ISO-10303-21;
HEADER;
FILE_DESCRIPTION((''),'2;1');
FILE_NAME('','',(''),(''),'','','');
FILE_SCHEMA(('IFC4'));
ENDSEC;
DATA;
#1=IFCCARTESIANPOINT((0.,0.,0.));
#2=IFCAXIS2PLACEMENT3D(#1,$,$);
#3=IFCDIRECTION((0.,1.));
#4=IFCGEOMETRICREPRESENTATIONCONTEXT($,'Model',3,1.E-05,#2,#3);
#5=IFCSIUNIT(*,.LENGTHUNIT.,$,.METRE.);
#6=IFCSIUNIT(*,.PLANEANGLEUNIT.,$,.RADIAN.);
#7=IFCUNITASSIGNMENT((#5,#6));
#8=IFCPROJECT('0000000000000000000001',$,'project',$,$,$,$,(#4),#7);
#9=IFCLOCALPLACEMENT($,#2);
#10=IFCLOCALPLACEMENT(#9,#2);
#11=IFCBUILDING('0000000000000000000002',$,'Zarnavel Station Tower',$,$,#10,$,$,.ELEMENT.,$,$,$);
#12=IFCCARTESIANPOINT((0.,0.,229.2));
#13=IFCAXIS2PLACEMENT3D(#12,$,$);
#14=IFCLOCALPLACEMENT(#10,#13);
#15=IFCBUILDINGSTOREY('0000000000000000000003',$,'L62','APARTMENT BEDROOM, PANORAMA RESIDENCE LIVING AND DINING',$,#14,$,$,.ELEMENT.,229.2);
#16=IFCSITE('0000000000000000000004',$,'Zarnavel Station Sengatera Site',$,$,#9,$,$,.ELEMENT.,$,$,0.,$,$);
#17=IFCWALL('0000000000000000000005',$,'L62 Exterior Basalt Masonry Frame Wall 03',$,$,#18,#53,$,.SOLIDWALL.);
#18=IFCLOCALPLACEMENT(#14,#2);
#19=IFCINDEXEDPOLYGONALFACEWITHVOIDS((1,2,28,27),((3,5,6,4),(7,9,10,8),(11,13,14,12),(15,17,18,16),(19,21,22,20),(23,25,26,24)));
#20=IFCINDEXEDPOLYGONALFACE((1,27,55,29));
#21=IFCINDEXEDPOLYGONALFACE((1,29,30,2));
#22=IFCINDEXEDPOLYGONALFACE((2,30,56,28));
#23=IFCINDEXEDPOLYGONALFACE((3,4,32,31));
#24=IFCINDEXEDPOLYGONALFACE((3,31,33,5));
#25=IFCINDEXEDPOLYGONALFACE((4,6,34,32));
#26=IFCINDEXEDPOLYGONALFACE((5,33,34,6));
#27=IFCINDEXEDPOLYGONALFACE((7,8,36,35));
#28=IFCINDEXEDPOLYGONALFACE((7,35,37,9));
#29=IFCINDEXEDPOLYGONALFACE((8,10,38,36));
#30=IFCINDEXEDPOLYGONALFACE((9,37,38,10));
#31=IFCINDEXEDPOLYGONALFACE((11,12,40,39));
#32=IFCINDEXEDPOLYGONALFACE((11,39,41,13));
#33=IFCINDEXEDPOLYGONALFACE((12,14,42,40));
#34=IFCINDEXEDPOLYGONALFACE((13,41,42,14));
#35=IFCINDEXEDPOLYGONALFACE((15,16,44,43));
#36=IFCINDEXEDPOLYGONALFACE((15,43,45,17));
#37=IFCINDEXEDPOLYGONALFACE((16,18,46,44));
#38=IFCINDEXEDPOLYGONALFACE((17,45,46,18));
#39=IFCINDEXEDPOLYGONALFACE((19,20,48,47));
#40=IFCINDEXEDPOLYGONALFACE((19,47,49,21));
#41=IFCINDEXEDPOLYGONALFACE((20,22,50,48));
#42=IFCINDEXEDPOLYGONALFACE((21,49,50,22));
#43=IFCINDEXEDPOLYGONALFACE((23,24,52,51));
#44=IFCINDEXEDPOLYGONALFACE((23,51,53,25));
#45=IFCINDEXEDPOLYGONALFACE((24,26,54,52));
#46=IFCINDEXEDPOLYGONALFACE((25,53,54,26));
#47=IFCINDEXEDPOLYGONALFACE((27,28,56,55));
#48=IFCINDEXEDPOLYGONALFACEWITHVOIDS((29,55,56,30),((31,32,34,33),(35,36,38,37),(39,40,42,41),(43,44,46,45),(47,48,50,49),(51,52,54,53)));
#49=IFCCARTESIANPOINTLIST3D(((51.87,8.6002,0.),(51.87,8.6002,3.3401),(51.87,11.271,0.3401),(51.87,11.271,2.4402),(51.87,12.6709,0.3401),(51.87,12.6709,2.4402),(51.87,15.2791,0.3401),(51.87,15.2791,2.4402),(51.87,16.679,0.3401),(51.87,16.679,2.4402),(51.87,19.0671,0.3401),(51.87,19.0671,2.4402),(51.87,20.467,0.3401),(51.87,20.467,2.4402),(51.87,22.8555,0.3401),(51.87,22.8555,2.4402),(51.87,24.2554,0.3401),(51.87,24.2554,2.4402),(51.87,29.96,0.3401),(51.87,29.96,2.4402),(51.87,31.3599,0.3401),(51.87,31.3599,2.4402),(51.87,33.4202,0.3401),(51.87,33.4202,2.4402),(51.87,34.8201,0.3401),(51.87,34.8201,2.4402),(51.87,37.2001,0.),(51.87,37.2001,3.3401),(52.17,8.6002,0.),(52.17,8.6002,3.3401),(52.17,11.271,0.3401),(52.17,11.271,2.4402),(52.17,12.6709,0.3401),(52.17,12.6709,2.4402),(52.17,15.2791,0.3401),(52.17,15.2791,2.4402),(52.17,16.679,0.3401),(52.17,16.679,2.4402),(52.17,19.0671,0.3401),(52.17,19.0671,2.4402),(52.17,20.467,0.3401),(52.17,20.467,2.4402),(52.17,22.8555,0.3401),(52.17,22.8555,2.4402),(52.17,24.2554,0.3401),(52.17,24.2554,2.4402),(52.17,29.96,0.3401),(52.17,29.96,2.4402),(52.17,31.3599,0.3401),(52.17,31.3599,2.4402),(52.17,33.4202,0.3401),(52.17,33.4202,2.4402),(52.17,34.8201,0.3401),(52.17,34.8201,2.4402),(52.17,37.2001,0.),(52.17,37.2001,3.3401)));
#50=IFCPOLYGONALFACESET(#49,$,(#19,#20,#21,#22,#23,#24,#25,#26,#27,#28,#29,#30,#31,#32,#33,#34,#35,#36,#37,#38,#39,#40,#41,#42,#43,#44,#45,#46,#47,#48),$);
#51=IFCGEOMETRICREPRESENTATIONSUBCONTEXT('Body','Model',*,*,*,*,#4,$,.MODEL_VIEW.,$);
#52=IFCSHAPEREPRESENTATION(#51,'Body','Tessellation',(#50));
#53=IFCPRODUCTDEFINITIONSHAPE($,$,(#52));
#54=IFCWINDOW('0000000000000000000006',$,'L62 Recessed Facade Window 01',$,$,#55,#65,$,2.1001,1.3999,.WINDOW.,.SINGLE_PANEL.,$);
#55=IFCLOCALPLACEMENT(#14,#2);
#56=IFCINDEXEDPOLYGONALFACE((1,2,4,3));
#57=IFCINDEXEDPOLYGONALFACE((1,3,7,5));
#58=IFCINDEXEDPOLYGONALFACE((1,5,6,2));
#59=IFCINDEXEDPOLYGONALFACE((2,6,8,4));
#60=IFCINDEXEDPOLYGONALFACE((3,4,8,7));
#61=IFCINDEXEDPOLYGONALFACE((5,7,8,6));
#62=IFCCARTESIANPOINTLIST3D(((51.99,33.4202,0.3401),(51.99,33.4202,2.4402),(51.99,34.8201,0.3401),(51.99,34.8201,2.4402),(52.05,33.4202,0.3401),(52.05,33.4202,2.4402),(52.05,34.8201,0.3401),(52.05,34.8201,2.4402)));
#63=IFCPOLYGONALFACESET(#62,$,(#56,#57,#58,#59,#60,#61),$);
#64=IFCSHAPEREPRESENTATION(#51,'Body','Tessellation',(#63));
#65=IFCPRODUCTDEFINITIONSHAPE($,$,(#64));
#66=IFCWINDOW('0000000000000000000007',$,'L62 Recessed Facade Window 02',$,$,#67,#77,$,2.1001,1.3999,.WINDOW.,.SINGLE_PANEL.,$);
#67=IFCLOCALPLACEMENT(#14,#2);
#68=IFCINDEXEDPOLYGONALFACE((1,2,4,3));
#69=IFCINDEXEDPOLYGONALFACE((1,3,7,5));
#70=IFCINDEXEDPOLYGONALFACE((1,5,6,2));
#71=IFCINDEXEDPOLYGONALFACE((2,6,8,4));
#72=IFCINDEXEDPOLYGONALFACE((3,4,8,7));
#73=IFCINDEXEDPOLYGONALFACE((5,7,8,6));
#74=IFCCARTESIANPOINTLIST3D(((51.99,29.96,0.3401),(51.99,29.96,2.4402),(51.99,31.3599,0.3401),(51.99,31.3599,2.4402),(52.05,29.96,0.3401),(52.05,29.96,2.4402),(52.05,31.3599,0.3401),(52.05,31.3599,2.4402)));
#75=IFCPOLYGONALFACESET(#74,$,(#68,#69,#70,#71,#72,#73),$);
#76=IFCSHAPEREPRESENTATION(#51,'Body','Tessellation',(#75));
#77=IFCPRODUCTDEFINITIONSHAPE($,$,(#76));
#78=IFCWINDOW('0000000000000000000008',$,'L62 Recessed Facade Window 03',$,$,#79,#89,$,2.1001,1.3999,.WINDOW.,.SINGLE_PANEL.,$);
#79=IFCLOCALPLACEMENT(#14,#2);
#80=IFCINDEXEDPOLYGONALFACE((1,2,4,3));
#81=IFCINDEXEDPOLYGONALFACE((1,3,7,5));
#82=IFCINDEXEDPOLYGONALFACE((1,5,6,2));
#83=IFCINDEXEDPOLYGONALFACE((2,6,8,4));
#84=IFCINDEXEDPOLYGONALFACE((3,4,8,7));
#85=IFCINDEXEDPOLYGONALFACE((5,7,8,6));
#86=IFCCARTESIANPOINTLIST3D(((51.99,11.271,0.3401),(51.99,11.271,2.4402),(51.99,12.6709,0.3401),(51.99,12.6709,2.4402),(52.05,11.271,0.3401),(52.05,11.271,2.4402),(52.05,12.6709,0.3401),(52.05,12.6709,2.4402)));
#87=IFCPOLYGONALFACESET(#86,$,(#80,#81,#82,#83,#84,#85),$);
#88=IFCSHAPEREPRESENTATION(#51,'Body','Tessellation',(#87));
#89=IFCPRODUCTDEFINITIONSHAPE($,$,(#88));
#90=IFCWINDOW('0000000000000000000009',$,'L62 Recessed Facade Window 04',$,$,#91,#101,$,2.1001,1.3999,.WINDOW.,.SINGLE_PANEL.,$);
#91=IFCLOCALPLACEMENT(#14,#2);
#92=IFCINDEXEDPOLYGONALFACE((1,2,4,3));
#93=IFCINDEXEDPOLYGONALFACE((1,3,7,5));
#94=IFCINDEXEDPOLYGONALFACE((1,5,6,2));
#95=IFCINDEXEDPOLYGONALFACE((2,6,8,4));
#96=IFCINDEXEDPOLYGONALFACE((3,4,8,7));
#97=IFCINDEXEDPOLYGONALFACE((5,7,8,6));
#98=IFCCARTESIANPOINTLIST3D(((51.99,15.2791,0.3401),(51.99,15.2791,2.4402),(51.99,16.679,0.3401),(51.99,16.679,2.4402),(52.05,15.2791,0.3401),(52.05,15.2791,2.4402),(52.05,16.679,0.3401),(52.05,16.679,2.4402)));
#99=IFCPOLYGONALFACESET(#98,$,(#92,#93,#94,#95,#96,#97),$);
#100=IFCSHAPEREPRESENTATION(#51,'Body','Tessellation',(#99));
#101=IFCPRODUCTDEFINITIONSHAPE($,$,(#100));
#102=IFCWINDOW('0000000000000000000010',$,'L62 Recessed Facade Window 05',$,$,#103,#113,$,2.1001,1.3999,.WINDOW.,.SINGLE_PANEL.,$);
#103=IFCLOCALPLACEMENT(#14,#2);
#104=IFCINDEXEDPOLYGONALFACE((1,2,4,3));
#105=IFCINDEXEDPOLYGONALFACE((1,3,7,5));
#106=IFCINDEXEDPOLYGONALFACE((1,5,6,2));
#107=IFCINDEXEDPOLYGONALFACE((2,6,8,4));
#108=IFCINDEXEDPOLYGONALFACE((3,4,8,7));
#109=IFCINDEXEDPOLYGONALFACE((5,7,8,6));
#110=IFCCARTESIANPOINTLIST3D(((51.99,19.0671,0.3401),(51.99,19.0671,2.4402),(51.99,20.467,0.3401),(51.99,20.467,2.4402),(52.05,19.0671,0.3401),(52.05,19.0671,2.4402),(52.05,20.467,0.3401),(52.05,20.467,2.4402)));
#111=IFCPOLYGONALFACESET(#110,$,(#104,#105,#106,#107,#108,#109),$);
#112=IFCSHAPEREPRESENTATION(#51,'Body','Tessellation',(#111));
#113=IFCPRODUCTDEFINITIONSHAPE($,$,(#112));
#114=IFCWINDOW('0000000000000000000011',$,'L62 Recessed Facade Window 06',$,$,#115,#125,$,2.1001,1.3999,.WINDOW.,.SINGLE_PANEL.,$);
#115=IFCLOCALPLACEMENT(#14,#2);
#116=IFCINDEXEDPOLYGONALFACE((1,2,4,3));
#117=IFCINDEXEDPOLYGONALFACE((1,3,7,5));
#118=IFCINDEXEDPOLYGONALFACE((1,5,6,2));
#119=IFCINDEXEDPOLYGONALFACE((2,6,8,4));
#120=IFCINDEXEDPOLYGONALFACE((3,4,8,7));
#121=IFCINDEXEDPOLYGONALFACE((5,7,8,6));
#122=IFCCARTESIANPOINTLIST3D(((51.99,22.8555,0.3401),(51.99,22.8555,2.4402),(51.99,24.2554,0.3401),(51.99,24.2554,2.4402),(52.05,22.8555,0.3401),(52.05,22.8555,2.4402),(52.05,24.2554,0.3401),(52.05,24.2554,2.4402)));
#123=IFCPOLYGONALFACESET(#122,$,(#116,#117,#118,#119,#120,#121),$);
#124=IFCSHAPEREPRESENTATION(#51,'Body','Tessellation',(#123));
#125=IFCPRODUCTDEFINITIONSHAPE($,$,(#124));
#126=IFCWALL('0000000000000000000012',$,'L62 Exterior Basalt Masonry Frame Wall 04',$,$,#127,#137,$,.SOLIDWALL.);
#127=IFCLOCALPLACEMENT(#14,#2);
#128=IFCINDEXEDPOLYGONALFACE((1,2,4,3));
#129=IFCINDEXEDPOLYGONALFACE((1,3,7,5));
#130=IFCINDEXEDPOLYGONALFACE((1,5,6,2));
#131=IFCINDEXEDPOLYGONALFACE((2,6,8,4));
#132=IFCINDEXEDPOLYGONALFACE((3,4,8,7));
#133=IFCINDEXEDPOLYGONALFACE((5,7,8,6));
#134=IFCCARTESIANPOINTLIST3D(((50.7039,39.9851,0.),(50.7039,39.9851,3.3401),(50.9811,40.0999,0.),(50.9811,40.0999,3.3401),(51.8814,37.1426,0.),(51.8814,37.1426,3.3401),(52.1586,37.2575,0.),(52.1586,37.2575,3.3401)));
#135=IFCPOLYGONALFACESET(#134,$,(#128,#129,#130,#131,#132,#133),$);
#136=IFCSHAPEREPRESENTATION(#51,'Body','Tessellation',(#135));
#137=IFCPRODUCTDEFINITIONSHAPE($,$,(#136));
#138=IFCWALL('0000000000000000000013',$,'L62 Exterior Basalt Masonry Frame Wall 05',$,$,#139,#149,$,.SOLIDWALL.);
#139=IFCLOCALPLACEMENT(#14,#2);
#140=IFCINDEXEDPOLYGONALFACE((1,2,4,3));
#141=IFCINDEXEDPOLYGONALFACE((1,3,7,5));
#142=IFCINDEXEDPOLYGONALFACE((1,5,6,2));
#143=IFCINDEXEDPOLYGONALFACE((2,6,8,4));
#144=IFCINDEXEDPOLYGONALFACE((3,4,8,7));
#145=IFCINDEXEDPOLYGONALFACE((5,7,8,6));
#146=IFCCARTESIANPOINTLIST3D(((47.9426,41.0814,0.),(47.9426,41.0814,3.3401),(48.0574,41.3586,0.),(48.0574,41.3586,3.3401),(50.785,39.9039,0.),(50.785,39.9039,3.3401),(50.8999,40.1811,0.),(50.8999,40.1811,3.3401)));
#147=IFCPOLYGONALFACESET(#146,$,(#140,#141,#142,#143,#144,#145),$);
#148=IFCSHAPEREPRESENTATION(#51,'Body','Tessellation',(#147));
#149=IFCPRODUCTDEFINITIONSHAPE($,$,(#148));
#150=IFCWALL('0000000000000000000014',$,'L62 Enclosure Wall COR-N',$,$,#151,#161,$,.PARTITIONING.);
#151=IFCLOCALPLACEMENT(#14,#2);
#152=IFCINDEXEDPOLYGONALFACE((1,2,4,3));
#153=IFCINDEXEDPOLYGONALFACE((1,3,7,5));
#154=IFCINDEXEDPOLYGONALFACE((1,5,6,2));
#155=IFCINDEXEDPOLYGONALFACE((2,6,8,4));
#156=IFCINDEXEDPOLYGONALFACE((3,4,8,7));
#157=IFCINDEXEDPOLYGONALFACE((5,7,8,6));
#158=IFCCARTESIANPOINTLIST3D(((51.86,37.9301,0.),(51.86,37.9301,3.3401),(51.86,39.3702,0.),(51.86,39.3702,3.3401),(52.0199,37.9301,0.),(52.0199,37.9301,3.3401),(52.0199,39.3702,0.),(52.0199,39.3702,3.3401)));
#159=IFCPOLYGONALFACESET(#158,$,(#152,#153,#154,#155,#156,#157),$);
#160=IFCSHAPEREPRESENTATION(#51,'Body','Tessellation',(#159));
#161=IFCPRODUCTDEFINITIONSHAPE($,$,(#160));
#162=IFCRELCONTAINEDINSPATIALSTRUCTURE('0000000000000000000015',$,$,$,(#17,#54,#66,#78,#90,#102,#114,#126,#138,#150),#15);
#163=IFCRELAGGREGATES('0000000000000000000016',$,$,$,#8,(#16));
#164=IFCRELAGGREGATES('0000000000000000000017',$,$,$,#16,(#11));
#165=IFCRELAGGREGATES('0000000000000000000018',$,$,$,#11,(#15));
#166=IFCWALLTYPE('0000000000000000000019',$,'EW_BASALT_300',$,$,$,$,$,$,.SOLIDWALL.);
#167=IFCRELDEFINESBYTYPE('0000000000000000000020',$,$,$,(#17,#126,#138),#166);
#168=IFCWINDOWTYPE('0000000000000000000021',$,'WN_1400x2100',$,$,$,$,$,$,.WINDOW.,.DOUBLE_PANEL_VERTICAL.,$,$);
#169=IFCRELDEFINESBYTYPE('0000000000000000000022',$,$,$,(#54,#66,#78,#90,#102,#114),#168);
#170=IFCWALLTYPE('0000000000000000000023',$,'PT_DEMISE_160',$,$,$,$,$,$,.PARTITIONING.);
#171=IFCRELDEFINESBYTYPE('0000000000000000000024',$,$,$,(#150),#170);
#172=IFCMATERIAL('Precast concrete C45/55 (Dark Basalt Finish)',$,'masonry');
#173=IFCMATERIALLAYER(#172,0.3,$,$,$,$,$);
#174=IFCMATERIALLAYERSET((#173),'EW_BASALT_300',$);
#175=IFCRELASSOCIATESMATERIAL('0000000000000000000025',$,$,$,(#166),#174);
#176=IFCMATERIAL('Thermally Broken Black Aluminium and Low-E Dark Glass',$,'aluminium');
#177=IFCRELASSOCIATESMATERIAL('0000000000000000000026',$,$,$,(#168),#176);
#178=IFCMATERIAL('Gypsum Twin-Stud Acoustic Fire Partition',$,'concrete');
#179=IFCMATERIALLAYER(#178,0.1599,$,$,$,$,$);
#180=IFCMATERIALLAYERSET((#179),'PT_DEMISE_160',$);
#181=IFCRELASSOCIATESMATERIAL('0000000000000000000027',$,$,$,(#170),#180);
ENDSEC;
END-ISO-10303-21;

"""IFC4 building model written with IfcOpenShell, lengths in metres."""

from ifc_helpers import new_model, si_unit, direction, frame, frame_2d, origin, place, context, subcontext, project, spatial, rectangle, extrude, material, layer, layer_set, type_object, element, fill, save


model = new_model("IFC4")

# Units and contexts
model_context = context("Model", 3, precision=1e-05, world=origin(), true_north=direction((0.0, 1.0)))
body_context = subcontext(model_context, "Body", "Model", "MODEL_VIEW")
ifc_project = project(units=[si_unit("LENGTHUNIT", "METRE"), si_unit("PLANEANGLEUNIT", "RADIAN")], contexts=[model_context])

# Site, building, storey
site_placement = place(None, origin())
site = spatial("IfcSite", under=ifc_project, at=site_placement, Name="Zarnavel Station Sengatera Site", CompositionType="ELEMENT", RefElevation=0.0)
building_placement = place(site_placement, origin())
building = spatial("IfcBuilding", under=site, at=building_placement, Name="Zarnavel Station Tower", CompositionType="ELEMENT")
storey_placement = place(building_placement, frame((0.0, 0.0, 229.2)))
storey = spatial("IfcBuildingStorey", under=building, at=storey_placement, Name="L62", Description="APARTMENT BEDROOM, PANORAMA RESIDENCE LIVING AND DINING", CompositionType="ELEMENT", Elevation=229.2)

# Wall, openings, windows
ifc_material_1 = material(Name="Precast concrete C45/55 (Dark Basalt Finish)", Category="masonry")
ifc_layer_1 = layer(ifc_material_1, 0.3)
ifc_layer_set_1 = layer_set([ifc_layer_1], Name="EW_BASALT_300")
wall_type_1 = type_object("IfcWallType", Name="EW_BASALT_300", PredefinedType="SOLIDWALL", material=ifc_layer_set_1)
wall_1_placement = place(storey_placement, frame((52.02, 37.2, 0.0), z_axis=(0.0, 0.0, 1.0), x_axis=(0.0, -1.0, 0.0)))
wall_1 = element("IfcWall", 1, at=wall_1_placement, inside=storey, type_object=wall_type_1, Name="L62 Exterior Basalt Masonry Frame Wall 03", PredefinedType="SOLIDWALL", context=body_context, shape_type="SweptSolid", body=[
    extrude(rectangle(XDim=28.5999, YDim=0.3, at=frame_2d((14.2998, 0.0))), origin(), (0.0, 0.0, 1.0), 3.3401),
])
opening_1_placement = place(wall_1_placement, frame((2.3799, 0.0, 0.3401)))
opening_1 = element("IfcOpeningElement", 2, at=opening_1_placement, cuts=wall_1, PredefinedType="OPENING", context=body_context, shape_type="SweptSolid", body=[
    extrude(rectangle(XDim=1.3999, YDim=2.1001, at=frame_2d((0.7, 1.05))), frame((0.0, 0.1599, 0.0), z_axis=(0.0, -1.0, 0.0), x_axis=(1.0, 0.0, 0.0)), (0.0, 0.0, 1.0), 0.3201),
])
opening_2_placement = place(wall_1_placement, frame((5.8401, 0.0, 0.3401)))
opening_2 = element("IfcOpeningElement", 3, at=opening_2_placement, cuts=wall_1, PredefinedType="OPENING", context=body_context, shape_type="SweptSolid", body=[
    extrude(rectangle(XDim=1.3999, YDim=2.1001, at=frame_2d((0.7, 1.05))), frame((0.0, 0.1599, 0.0), z_axis=(0.0, -1.0, 0.0), x_axis=(1.0, 0.0, 0.0)), (0.0, 0.0, 1.0), 0.3201),
])
opening_3_placement = place(wall_1_placement, frame((24.5291, 0.0, 0.3401)))
opening_3 = element("IfcOpeningElement", 4, at=opening_3_placement, cuts=wall_1, PredefinedType="OPENING", context=body_context, shape_type="SweptSolid", body=[
    extrude(rectangle(XDim=1.3999, YDim=2.1001, at=frame_2d((0.7, 1.05))), frame((0.0, 0.1599, 0.0), z_axis=(0.0, -1.0, 0.0), x_axis=(1.0, 0.0, 0.0)), (0.0, 0.0, 1.0), 0.3201),
])
opening_4_placement = place(wall_1_placement, frame((20.521, 0.0, 0.3401)))
opening_4 = element("IfcOpeningElement", 5, at=opening_4_placement, cuts=wall_1, PredefinedType="OPENING", context=body_context, shape_type="SweptSolid", body=[
    extrude(rectangle(XDim=1.3999, YDim=2.1001, at=frame_2d((0.7, 1.05))), frame((0.0, 0.1599, 0.0), z_axis=(0.0, -1.0, 0.0), x_axis=(1.0, 0.0, 0.0)), (0.0, 0.0, 1.0), 0.3201),
])
opening_5_placement = place(wall_1_placement, frame((16.7329, 0.0, 0.3401)))
opening_5 = element("IfcOpeningElement", 6, at=opening_5_placement, cuts=wall_1, PredefinedType="OPENING", context=body_context, shape_type="SweptSolid", body=[
    extrude(rectangle(XDim=1.3999, YDim=2.1001, at=frame_2d((0.7, 1.05))), frame((0.0, 0.1599, 0.0), z_axis=(0.0, -1.0, 0.0), x_axis=(1.0, 0.0, 0.0)), (0.0, 0.0, 1.0), 0.3201),
])
opening_6_placement = place(wall_1_placement, frame((12.9446, 0.0, 0.3401)))
opening_6 = element("IfcOpeningElement", 7, at=opening_6_placement, cuts=wall_1, PredefinedType="OPENING", context=body_context, shape_type="SweptSolid", body=[
    extrude(rectangle(XDim=1.3999, YDim=2.1001, at=frame_2d((0.7, 1.05))), frame((0.0, 0.1599, 0.0), z_axis=(0.0, -1.0, 0.0), x_axis=(1.0, 0.0, 0.0)), (0.0, 0.0, 1.0), 0.3201),
])
ifc_material_2 = material(Name="Thermally Broken Black Aluminium and Low-E Dark Glass", Category="aluminium")
window_type = type_object("IfcWindowType", Name="WN_1400x2100", PartitioningType="DOUBLE_PANEL_VERTICAL", PredefinedType="WINDOW", material=ifc_material_2)
window_1_placement = place(opening_1_placement, origin())
window_1 = element("IfcWindow", 8, at=window_1_placement, inside=storey, type_object=window_type, Name="L62 Recessed Facade Window 01", OverallHeight=2.1001, OverallWidth=1.3999, PartitioningType="SINGLE_PANEL", PredefinedType="WINDOW", context=body_context, shape_type="SweptSolid", body=[
    extrude(rectangle(XDim=1.3999, YDim=2.1001, at=frame_2d((0.7, 1.05))), frame((0.0, 0.03, 0.0), z_axis=(0.0, -1.0, 0.0), x_axis=(1.0, 0.0, 0.0)), (0.0, 0.0, 1.0), 0.0601),
])
fill(opening_1, window_1)
window_2_placement = place(opening_2_placement, origin())
window_2 = element("IfcWindow", 9, at=window_2_placement, inside=storey, type_object=window_type, Name="L62 Recessed Facade Window 02", OverallHeight=2.1001, OverallWidth=1.3999, PartitioningType="SINGLE_PANEL", PredefinedType="WINDOW", context=body_context, shape_type="SweptSolid", body=[
    extrude(rectangle(XDim=1.3999, YDim=2.1001, at=frame_2d((0.7, 1.05))), frame((0.0, 0.03, 0.0), z_axis=(0.0, -1.0, 0.0), x_axis=(1.0, 0.0, 0.0)), (0.0, 0.0, 1.0), 0.0601),
])
fill(opening_2, window_2)
window_3_placement = place(opening_3_placement, origin())
window_3 = element("IfcWindow", 10, at=window_3_placement, inside=storey, type_object=window_type, Name="L62 Recessed Facade Window 03", OverallHeight=2.1001, OverallWidth=1.3999, PartitioningType="SINGLE_PANEL", PredefinedType="WINDOW", context=body_context, shape_type="SweptSolid", body=[
    extrude(rectangle(XDim=1.3999, YDim=2.1001, at=frame_2d((0.7, 1.05))), frame((0.0, 0.03, 0.0), z_axis=(0.0, -1.0, 0.0), x_axis=(1.0, 0.0, 0.0)), (0.0, 0.0, 1.0), 0.0601),
])
fill(opening_3, window_3)
window_4_placement = place(opening_4_placement, origin())
window_4 = element("IfcWindow", 11, at=window_4_placement, inside=storey, type_object=window_type, Name="L62 Recessed Facade Window 04", OverallHeight=2.1001, OverallWidth=1.3999, PartitioningType="SINGLE_PANEL", PredefinedType="WINDOW", context=body_context, shape_type="SweptSolid", body=[
    extrude(rectangle(XDim=1.3999, YDim=2.1001, at=frame_2d((0.7, 1.05))), frame((0.0, 0.03, 0.0), z_axis=(0.0, -1.0, 0.0), x_axis=(1.0, 0.0, 0.0)), (0.0, 0.0, 1.0), 0.0601),
])
fill(opening_4, window_4)
window_5_placement = place(opening_5_placement, origin())
window_5 = element("IfcWindow", 12, at=window_5_placement, inside=storey, type_object=window_type, Name="L62 Recessed Facade Window 05", OverallHeight=2.1001, OverallWidth=1.3999, PartitioningType="SINGLE_PANEL", PredefinedType="WINDOW", context=body_context, shape_type="SweptSolid", body=[
    extrude(rectangle(XDim=1.3999, YDim=2.1001, at=frame_2d((0.7, 1.05))), frame((0.0, 0.03, 0.0), z_axis=(0.0, -1.0, 0.0), x_axis=(1.0, 0.0, 0.0)), (0.0, 0.0, 1.0), 0.0601),
])
fill(opening_5, window_5)
window_6_placement = place(opening_6_placement, origin())
window_6 = element("IfcWindow", 13, at=window_6_placement, inside=storey, type_object=window_type, Name="L62 Recessed Facade Window 06", OverallHeight=2.1001, OverallWidth=1.3999, PartitioningType="SINGLE_PANEL", PredefinedType="WINDOW", context=body_context, shape_type="SweptSolid", body=[
    extrude(rectangle(XDim=1.3999, YDim=2.1001, at=frame_2d((0.7, 1.05))), frame((0.0, 0.03, 0.0), z_axis=(0.0, -1.0, 0.0), x_axis=(1.0, 0.0, 0.0)), (0.0, 0.0, 1.0), 0.0601),
])
fill(opening_6, window_6)

# Walls
for number, where, z_axis, x_axis, name in (
    (14, (50.8425, 40.0425, 0.0), (0.0, 0.0, 1.0), (0.382705, -0.923871, 0.0), "L62 Exterior Basalt Masonry Frame Wall 04"),
    (15, (48.0, 41.22, 0.0), (0.0, 0.0, 1.0), (0.923871, -0.382705, 0.0), "L62 Exterior Basalt Masonry Frame Wall 05"),
):
    element("IfcWall", number, at=place(storey_placement, frame(where, z_axis=z_axis, x_axis=x_axis)), inside=storey, type_object=wall_type_1, Name=name, PredefinedType="SOLIDWALL", context=body_context, shape_type="SweptSolid", body=[
        extrude(rectangle(XDim=3.0767, YDim=0.3, at=frame_2d((1.5383, 0.0))), origin(), (0.0, 0.0, 1.0), 3.3401),
    ])
ifc_material_3 = material(Name="Gypsum Twin-Stud Acoustic Fire Partition", Category="concrete")
ifc_layer_2 = layer(ifc_material_3, 0.1599)
ifc_layer_set_2 = layer_set([ifc_layer_2], Name="PT_DEMISE_160")
wall_type_2 = type_object("IfcWallType", Name="PT_DEMISE_160", PredefinedType="PARTITIONING", material=ifc_layer_set_2)
wall_2_placement = place(storey_placement, frame((51.9399, 37.9299, 0.0), z_axis=(0.0, 0.0, 1.0), x_axis=(0.0, 1.0, 0.0)))
element("IfcWall", 16, at=wall_2_placement, inside=storey, type_object=wall_type_2, Name="L62 Enclosure Wall COR-N", PredefinedType="PARTITIONING", context=body_context, shape_type="SweptSolid", body=[
    extrude(rectangle(XDim=1.4402, YDim=0.1599, at=frame_2d((0.7202, 0.0))), origin(), (0.0, 0.0, 1.0), 3.3401),
])

save(model, "model.ifc")
